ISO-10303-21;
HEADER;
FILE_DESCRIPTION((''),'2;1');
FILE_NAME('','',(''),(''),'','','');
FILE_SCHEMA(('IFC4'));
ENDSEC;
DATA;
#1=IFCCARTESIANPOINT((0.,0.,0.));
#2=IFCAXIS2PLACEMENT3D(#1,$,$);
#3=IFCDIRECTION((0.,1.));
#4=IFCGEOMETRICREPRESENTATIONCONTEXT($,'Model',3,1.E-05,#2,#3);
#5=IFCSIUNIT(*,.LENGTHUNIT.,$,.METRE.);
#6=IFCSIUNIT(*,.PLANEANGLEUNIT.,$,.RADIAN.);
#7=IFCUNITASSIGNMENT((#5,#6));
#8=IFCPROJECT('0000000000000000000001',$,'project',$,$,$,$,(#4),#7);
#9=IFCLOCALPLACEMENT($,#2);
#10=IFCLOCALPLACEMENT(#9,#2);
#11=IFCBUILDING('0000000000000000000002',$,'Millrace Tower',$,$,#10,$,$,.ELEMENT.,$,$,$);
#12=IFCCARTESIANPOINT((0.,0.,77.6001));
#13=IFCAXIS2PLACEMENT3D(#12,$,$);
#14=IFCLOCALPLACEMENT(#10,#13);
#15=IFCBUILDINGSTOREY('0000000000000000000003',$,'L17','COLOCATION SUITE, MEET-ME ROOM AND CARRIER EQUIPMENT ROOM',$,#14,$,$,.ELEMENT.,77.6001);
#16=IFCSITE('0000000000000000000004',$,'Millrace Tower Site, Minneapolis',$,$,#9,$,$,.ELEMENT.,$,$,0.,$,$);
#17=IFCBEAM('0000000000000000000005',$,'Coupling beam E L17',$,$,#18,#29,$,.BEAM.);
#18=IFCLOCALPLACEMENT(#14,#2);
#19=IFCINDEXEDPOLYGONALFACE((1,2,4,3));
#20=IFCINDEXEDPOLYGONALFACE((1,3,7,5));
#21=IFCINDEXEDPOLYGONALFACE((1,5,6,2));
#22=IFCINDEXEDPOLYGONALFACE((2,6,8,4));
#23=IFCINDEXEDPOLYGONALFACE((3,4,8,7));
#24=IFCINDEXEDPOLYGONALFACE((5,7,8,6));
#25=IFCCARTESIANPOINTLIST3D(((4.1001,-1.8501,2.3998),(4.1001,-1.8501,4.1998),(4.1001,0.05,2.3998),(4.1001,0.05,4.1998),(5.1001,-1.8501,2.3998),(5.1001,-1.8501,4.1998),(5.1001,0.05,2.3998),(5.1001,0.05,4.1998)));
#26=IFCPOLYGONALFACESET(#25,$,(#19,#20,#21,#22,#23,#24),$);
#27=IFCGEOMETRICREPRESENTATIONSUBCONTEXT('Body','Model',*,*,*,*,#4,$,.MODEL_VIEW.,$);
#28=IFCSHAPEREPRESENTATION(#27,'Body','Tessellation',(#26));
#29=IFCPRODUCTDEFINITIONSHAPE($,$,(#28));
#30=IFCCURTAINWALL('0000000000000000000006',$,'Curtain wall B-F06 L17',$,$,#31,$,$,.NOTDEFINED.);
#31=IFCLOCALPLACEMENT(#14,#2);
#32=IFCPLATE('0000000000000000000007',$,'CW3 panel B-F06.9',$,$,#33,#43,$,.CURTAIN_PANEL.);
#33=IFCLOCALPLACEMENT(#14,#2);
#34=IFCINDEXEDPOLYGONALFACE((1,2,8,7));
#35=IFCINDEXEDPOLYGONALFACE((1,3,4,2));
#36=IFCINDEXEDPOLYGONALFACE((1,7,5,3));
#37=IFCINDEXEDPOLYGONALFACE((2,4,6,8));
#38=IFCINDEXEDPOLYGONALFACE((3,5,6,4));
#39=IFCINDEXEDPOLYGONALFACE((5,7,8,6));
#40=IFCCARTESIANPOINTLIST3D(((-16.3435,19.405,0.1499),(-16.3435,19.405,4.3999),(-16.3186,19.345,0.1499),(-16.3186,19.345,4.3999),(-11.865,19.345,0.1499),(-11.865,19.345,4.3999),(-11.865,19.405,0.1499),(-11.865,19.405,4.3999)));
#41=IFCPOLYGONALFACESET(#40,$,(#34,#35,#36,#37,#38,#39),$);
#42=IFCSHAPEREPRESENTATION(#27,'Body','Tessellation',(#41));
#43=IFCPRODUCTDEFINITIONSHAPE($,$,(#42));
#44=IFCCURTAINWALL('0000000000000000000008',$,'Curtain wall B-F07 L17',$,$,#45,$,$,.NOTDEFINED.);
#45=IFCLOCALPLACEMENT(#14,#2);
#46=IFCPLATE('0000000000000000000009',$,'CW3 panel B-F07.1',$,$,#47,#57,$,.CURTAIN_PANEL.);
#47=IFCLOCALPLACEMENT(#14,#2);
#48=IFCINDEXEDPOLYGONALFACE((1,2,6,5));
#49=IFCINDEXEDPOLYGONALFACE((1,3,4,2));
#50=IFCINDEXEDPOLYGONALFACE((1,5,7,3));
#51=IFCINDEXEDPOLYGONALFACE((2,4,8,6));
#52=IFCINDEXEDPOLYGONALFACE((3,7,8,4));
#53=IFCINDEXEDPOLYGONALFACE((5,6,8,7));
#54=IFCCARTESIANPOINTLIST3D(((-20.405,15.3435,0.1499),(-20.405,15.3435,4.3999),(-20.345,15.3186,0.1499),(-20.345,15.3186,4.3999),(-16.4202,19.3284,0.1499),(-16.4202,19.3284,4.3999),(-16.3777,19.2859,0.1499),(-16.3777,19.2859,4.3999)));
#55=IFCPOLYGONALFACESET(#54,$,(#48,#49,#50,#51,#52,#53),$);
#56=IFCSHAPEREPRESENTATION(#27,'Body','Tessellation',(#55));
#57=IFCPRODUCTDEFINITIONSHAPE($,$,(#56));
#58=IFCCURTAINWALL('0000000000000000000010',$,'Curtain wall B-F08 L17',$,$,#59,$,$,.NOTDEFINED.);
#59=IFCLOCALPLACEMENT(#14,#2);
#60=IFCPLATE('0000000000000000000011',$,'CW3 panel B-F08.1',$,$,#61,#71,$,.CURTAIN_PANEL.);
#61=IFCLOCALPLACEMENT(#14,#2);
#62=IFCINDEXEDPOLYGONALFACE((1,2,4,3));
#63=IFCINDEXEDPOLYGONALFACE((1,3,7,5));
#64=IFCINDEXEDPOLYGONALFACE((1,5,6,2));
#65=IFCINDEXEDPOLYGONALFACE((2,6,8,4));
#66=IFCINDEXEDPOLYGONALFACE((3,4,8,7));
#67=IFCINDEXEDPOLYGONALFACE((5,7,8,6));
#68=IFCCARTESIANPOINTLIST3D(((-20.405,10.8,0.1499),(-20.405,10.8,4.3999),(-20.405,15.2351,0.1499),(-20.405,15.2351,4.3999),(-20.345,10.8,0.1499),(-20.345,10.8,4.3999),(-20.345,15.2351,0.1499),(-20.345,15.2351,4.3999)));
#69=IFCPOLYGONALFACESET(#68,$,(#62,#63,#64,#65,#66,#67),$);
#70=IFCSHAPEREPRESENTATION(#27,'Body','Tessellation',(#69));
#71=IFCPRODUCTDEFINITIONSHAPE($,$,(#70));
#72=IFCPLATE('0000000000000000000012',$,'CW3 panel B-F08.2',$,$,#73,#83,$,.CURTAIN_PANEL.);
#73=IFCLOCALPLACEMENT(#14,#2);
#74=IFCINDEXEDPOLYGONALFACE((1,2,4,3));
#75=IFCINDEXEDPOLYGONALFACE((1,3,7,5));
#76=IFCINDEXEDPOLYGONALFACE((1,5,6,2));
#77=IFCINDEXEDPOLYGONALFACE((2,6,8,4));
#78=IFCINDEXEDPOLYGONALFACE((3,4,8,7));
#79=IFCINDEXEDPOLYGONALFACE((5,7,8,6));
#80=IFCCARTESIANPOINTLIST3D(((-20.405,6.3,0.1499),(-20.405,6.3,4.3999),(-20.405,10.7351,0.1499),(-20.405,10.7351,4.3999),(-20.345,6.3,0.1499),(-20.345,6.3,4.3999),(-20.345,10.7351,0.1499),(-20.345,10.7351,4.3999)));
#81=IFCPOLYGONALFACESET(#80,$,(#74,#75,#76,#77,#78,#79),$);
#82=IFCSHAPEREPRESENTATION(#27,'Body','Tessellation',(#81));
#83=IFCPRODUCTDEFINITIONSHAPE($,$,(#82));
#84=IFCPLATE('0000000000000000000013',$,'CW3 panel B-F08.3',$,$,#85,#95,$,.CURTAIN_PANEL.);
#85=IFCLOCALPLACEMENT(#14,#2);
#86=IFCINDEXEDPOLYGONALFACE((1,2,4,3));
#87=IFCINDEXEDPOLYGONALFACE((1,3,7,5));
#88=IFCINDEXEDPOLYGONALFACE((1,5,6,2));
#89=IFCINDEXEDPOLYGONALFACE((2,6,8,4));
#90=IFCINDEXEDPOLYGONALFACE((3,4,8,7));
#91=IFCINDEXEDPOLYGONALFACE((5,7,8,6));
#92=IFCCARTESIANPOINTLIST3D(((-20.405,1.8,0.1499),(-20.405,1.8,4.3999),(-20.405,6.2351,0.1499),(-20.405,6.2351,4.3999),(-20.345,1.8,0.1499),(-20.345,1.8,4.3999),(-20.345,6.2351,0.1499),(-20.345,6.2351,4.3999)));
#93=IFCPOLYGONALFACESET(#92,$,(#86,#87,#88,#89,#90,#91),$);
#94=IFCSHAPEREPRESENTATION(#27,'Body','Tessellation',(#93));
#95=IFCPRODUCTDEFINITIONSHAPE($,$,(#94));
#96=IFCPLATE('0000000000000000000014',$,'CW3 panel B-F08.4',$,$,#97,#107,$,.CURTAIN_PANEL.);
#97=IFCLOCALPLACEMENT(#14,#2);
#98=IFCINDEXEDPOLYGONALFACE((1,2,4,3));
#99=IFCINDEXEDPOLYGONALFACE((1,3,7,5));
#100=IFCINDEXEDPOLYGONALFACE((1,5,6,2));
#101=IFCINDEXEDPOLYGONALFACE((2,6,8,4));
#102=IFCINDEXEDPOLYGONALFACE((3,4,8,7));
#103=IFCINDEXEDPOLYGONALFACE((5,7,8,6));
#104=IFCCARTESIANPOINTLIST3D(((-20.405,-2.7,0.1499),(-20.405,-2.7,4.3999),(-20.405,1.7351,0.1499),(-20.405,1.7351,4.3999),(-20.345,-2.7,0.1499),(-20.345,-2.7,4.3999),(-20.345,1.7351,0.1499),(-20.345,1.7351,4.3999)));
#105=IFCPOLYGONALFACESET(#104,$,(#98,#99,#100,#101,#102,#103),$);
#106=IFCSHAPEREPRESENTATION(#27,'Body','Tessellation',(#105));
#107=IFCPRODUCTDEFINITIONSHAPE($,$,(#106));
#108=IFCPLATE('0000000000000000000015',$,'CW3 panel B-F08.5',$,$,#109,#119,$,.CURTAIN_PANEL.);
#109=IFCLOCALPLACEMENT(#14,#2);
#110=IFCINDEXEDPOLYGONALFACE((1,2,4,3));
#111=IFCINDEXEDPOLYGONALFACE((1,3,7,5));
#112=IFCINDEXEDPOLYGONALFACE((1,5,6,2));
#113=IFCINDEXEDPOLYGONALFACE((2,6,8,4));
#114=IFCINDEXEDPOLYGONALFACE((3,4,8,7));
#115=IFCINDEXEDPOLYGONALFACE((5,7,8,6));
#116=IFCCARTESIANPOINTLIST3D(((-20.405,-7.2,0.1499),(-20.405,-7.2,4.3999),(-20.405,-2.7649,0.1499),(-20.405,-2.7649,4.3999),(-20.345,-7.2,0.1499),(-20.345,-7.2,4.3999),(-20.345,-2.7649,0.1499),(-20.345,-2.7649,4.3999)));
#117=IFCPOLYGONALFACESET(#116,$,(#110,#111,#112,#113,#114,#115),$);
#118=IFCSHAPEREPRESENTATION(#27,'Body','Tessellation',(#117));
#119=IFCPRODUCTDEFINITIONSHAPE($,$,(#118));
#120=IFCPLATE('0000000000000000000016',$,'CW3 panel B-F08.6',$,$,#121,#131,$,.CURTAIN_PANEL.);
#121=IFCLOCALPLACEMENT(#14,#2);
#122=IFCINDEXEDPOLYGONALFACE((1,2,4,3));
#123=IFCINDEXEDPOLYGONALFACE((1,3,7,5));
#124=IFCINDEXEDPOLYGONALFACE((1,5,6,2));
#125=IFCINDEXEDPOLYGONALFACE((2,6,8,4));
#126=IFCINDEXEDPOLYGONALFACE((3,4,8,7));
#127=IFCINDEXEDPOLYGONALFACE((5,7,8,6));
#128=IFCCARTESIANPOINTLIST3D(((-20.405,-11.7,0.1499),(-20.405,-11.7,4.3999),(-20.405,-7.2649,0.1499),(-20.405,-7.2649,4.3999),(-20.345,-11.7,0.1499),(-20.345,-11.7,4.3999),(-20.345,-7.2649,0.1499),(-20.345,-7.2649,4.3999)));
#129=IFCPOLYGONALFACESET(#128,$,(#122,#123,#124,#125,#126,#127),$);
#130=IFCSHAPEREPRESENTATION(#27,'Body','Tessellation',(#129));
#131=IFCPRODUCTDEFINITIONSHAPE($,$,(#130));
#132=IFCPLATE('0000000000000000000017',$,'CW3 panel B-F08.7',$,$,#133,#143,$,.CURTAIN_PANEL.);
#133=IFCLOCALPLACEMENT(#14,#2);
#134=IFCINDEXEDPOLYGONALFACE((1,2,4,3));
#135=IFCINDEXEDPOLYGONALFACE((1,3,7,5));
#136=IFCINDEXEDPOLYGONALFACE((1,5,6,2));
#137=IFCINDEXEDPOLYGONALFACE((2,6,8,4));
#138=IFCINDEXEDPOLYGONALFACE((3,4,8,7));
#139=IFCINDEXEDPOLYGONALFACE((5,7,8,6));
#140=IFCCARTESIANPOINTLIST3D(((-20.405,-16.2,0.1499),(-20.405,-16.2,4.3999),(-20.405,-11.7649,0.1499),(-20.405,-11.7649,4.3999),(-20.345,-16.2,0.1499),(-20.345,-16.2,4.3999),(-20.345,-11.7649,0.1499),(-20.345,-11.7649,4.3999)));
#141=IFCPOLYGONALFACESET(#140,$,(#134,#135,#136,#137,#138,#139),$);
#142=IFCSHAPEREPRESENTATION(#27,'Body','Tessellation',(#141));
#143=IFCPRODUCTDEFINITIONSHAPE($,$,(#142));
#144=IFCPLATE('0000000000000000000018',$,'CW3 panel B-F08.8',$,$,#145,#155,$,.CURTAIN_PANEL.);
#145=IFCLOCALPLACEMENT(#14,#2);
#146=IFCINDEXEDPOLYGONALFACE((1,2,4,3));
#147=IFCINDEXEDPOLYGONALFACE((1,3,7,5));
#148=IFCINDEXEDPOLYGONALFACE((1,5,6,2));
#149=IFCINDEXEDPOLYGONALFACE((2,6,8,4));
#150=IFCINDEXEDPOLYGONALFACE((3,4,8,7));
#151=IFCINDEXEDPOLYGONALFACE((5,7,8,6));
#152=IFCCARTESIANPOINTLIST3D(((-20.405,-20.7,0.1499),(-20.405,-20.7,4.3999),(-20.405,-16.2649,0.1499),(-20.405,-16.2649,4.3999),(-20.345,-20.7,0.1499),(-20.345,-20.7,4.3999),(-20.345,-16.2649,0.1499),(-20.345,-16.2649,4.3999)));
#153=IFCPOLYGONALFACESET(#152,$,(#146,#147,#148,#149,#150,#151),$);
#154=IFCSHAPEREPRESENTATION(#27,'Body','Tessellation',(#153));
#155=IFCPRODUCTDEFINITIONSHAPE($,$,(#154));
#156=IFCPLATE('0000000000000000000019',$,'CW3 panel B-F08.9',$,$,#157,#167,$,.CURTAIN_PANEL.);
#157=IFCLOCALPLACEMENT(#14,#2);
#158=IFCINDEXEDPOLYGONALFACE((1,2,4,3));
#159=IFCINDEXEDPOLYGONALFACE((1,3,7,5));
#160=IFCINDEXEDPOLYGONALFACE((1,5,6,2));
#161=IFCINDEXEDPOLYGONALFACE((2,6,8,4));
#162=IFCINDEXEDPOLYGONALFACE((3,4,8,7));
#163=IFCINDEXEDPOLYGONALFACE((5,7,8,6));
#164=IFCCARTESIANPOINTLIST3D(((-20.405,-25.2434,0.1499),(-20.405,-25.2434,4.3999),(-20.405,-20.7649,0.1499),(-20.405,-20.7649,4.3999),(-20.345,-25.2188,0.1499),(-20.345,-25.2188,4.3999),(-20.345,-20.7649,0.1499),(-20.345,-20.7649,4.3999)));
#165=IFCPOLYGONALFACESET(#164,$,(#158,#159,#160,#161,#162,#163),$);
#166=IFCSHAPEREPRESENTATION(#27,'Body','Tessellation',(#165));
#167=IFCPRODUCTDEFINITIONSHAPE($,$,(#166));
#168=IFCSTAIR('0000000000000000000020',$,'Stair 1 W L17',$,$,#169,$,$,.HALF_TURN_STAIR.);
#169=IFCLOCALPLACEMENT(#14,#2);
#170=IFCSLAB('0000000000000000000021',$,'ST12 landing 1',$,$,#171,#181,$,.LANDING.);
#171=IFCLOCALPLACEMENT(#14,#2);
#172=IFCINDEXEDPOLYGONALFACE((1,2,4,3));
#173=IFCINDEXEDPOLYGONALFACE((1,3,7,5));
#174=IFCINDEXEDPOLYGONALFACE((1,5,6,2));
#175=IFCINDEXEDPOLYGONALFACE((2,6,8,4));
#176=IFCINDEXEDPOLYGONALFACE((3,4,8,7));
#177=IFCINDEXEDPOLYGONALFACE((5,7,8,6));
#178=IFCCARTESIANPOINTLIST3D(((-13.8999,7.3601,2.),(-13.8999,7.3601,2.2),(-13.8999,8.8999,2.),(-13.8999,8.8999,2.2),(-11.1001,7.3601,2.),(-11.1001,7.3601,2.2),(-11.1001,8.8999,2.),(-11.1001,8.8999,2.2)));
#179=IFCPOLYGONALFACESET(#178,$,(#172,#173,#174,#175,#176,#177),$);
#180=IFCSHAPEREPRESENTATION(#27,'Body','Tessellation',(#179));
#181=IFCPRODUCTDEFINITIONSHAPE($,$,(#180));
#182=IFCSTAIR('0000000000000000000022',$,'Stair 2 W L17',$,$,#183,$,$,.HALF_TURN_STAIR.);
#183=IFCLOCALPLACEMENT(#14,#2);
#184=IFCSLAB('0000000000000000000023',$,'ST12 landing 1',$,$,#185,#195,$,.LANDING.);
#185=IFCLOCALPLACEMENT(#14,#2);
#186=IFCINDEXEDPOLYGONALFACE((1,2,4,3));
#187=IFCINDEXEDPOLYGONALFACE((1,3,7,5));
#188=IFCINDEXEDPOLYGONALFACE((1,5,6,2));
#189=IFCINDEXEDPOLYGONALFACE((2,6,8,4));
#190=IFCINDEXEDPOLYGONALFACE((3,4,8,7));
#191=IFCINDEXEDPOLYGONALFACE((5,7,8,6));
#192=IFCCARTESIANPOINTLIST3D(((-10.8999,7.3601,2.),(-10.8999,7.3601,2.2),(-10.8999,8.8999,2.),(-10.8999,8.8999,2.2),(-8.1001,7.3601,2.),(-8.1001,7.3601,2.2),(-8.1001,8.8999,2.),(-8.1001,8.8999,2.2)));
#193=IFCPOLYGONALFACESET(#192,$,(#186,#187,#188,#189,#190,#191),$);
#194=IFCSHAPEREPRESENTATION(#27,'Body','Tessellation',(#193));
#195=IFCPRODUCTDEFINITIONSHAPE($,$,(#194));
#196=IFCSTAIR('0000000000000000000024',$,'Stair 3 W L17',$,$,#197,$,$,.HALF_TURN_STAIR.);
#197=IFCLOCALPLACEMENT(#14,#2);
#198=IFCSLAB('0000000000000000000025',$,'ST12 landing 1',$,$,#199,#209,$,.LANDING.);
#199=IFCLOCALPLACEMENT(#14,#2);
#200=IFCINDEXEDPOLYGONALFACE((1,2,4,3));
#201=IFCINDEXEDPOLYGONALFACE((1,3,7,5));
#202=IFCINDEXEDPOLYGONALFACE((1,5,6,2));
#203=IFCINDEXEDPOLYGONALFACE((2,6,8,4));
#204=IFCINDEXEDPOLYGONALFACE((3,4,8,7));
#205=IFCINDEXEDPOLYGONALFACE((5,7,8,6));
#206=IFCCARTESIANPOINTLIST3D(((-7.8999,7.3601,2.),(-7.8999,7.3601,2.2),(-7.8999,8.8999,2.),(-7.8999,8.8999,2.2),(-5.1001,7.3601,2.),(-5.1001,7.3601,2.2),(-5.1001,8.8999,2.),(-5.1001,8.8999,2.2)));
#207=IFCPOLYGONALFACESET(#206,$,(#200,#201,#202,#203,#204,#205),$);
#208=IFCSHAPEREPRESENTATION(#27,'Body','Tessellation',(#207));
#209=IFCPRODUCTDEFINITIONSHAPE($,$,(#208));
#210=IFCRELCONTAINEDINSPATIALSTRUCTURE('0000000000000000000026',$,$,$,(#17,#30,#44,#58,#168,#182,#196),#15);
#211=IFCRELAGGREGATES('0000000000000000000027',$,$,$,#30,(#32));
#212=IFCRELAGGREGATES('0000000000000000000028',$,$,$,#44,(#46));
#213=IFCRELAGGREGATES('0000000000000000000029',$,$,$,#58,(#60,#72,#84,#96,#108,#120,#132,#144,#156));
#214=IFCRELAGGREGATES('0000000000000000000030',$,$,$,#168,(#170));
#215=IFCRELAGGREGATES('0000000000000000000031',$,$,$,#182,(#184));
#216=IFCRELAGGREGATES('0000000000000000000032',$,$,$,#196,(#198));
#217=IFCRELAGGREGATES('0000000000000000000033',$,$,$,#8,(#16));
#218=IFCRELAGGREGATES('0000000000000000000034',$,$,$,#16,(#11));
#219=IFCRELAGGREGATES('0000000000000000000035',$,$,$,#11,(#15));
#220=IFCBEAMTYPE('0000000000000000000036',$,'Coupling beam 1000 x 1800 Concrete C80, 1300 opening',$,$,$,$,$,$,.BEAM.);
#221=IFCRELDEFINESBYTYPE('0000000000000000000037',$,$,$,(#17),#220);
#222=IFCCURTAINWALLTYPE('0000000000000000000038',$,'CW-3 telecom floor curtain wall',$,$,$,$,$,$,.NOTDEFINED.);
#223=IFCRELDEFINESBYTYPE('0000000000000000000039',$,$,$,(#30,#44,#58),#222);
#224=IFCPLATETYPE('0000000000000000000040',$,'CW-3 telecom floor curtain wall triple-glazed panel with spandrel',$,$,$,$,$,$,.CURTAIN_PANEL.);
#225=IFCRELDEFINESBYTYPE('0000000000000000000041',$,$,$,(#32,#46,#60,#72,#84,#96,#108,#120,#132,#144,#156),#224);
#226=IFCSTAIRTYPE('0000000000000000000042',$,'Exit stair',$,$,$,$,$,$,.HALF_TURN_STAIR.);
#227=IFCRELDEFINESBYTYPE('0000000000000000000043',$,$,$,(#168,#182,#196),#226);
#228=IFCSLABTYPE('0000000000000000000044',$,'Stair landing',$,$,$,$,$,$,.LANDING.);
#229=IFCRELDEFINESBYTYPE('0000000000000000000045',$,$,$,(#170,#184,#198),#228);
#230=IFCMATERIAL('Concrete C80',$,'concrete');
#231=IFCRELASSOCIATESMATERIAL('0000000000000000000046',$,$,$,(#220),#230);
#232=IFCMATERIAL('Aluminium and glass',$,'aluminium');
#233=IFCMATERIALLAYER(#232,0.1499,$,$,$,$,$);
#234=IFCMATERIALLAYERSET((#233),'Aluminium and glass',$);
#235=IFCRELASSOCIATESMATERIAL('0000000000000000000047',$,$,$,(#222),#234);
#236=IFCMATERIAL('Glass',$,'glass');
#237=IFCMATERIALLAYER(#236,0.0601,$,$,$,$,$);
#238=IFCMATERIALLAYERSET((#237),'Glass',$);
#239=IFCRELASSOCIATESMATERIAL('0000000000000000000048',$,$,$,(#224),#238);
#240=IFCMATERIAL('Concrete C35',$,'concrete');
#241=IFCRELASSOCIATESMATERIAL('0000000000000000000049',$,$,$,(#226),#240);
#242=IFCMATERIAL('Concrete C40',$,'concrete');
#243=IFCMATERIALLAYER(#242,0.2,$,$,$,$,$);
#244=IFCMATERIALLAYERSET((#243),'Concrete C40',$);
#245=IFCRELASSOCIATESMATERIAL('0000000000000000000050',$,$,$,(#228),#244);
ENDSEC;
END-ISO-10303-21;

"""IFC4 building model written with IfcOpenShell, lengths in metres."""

from ifc_helpers import new_model, si_unit, direction, frame, origin, origin_2d, place, context, subcontext, project, spatial, polyline, rectangle, outline, extrude, material, layer, layer_set, material_profile, profile_set, type_object, element, aggregate, save


model = new_model("IFC4")

# Units and contexts
model_context = context("Model", 3, precision=1e-05, world=origin(), true_north=direction((0.0, 1.0)))
body_context = subcontext(model_context, "Body", "Model", "MODEL_VIEW")
ifc_project = project(units=[si_unit("LENGTHUNIT", "METRE"), si_unit("PLANEANGLEUNIT", "RADIAN")], contexts=[model_context])

# Site, building, storey
site_placement = place(None, origin())
site = spatial("IfcSite", under=ifc_project, at=site_placement, Name="Millrace Tower Site, Minneapolis", CompositionType="ELEMENT", RefElevation=0.0)
building_placement = place(site_placement, origin())
building = spatial("IfcBuilding", under=site, at=building_placement, Name="Millrace Tower", CompositionType="ELEMENT")
storey_placement = place(building_placement, frame((0.0, 0.0, 77.6001)))
storey = spatial("IfcBuildingStorey", under=building, at=storey_placement, Name="L17", Description="COLOCATION SUITE, MEET-ME ROOM AND CARRIER EQUIPMENT ROOM", CompositionType="ELEMENT", Elevation=77.6001)

# Beam
ifc_material_1 = material(Name="Concrete C80", Category="concrete")
ifc_material_profile = material_profile(ifc_material_1, rectangle(XDim=1.0, YDim=1.8, at=origin_2d()))
ifc_profile_set = profile_set([ifc_material_profile], Name="Concrete C80")
beam_type = type_object("IfcBeamType", Name="Coupling beam 1000 x 1800 Concrete C80, 1300 opening", PredefinedType="BEAM", material=ifc_profile_set)
beam_placement = place(storey_placement, frame((4.6001, 0.05, 3.2998), z_axis=(0.0, -1.0, 0.0), x_axis=(1.0, 0.0, 0.0)))
element("IfcBeam", 1, at=beam_placement, inside=storey, type_object=beam_type, Name="Coupling beam E L17", PredefinedType="BEAM", context=body_context, shape_type="SweptSolid", body=[
    extrude(rectangle(XDim=1.0, YDim=1.8, at=origin_2d()), origin(), (0.0, 0.0, 1.0), 1.9001),
])

# Curtain walls, plates
ifc_material_2 = material(Name="Aluminium and glass", Category="aluminium")
ifc_layer_1 = layer(ifc_material_2, 0.1499)
ifc_layer_set_1 = layer_set([ifc_layer_1], Name="Aluminium and glass")
curtain_wall_type = type_object("IfcCurtainWallType", Name="CW-3 telecom floor curtain wall", PredefinedType="NOTDEFINED", material=ifc_layer_set_1)
placement_1 = place(storey_placement, origin())
curtain_wall_1 = element("IfcCurtainWall", 2, at=placement_1, inside=storey, type_object=curtain_wall_type, Name="Curtain wall B-F06 L17", PredefinedType="NOTDEFINED")
ifc_material_3 = material(Name="Glass", Category="glass")
ifc_layer_2 = layer(ifc_material_3, 0.0601)
ifc_layer_set_2 = layer_set([ifc_layer_2], Name="Glass")
plate_type = type_object("IfcPlateType", Name="CW-3 telecom floor curtain wall triple-glazed panel with spandrel", PredefinedType="CURTAIN_PANEL", material=ifc_layer_set_2)
placement_2 = place(storey_placement, frame((0.0, 0.0, 0.1499)))
plate_1 = element("IfcPlate", 3, at=placement_2, type_object=plate_type, Name="CW3 panel B-F06.9", PredefinedType="CURTAIN_PANEL", context=body_context, shape_type="SweptSolid", body=[
    extrude(outline(polyline([(-11.865, 19.405), (-16.3435, 19.405), (-16.3186, 19.345), (-11.865, 19.345), (-11.865, 19.405)])), origin(), (0.0, 0.0, 1.0), 4.25),
])
aggregate(curtain_wall_1, [plate_1])
curtain_wall_2 = element("IfcCurtainWall", 4, at=placement_1, inside=storey, type_object=curtain_wall_type, Name="Curtain wall B-F07 L17", PredefinedType="NOTDEFINED")
plate_2 = element("IfcPlate", 5, at=placement_2, type_object=plate_type, Name="CW3 panel B-F07.1", PredefinedType="CURTAIN_PANEL", context=body_context, shape_type="SweptSolid", body=[
    extrude(outline(polyline([(-16.4202, 19.3284), (-20.405, 15.3435), (-20.345, 15.3186), (-16.3777, 19.2859), (-16.4202, 19.3284)])), origin(), (0.0, 0.0, 1.0), 4.25),
])
aggregate(curtain_wall_2, [plate_2])

# Curtain wall, plates
curtain_wall_3 = element("IfcCurtainWall", 6, at=placement_1, inside=storey, type_object=curtain_wall_type, Name="Curtain wall B-F08 L17", PredefinedType="NOTDEFINED")
plate_3 = element("IfcPlate", 7, at=placement_2, type_object=plate_type, Name="CW3 panel B-F08.1", PredefinedType="CURTAIN_PANEL", context=body_context, shape_type="SweptSolid", body=[
    extrude(outline(polyline([(-20.405, 15.2351), (-20.405, 10.8), (-20.345, 10.8), (-20.345, 15.2351), (-20.405, 15.2351)])), origin(), (0.0, 0.0, 1.0), 4.25),
])
plate_4 = element("IfcPlate", 8, at=placement_2, type_object=plate_type, Name="CW3 panel B-F08.2", PredefinedType="CURTAIN_PANEL", context=body_context, shape_type="SweptSolid", body=[
    extrude(outline(polyline([(-20.405, 10.7351), (-20.405, 6.3), (-20.345, 6.3), (-20.345, 10.7351), (-20.405, 10.7351)])), origin(), (0.0, 0.0, 1.0), 4.25),
])
plate_5 = element("IfcPlate", 9, at=placement_2, type_object=plate_type, Name="CW3 panel B-F08.3", PredefinedType="CURTAIN_PANEL", context=body_context, shape_type="SweptSolid", body=[
    extrude(outline(polyline([(-20.405, 6.2351), (-20.405, 1.8), (-20.345, 1.8), (-20.345, 6.2351), (-20.405, 6.2351)])), origin(), (0.0, 0.0, 1.0), 4.25),
])
plate_6 = element("IfcPlate", 10, at=placement_2, type_object=plate_type, Name="CW3 panel B-F08.4", PredefinedType="CURTAIN_PANEL", context=body_context, shape_type="SweptSolid", body=[
    extrude(outline(polyline([(-20.405, 1.7351), (-20.405, -2.7), (-20.345, -2.7), (-20.345, 1.7351), (-20.405, 1.7351)])), origin(), (0.0, 0.0, 1.0), 4.25),
])
plate_7 = element("IfcPlate", 11, at=placement_2, type_object=plate_type, Name="CW3 panel B-F08.5", PredefinedType="CURTAIN_PANEL", context=body_context, shape_type="SweptSolid", body=[
    extrude(outline(polyline([(-20.405, -2.7649), (-20.405, -7.2), (-20.345, -7.2), (-20.345, -2.7649), (-20.405, -2.7649)])), origin(), (0.0, 0.0, 1.0), 4.25),
])
plate_8 = element("IfcPlate", 12, at=placement_2, type_object=plate_type, Name="CW3 panel B-F08.6", PredefinedType="CURTAIN_PANEL", context=body_context, shape_type="SweptSolid", body=[
    extrude(outline(polyline([(-20.405, -7.2649), (-20.405, -11.7), (-20.345, -11.7), (-20.345, -7.2649), (-20.405, -7.2649)])), origin(), (0.0, 0.0, 1.0), 4.25),
])
plate_9 = element("IfcPlate", 13, at=placement_2, type_object=plate_type, Name="CW3 panel B-F08.7", PredefinedType="CURTAIN_PANEL", context=body_context, shape_type="SweptSolid", body=[
    extrude(outline(polyline([(-20.405, -11.7649), (-20.405, -16.2), (-20.345, -16.2), (-20.345, -11.7649), (-20.405, -11.7649)])), origin(), (0.0, 0.0, 1.0), 4.25),
])
plate_10 = element("IfcPlate", 14, at=placement_2, type_object=plate_type, Name="CW3 panel B-F08.8", PredefinedType="CURTAIN_PANEL", context=body_context, shape_type="SweptSolid", body=[
    extrude(outline(polyline([(-20.405, -16.2649), (-20.405, -20.7), (-20.345, -20.7), (-20.345, -16.2649), (-20.405, -16.2649)])), origin(), (0.0, 0.0, 1.0), 4.25),
])
plate_11 = element("IfcPlate", 15, at=placement_2, type_object=plate_type, Name="CW3 panel B-F08.9", PredefinedType="CURTAIN_PANEL", context=body_context, shape_type="SweptSolid", body=[
    extrude(outline(polyline([(-20.405, -20.7649), (-20.405, -25.2434), (-20.345, -25.2188), (-20.345, -20.7649), (-20.405, -20.7649)])), origin(), (0.0, 0.0, 1.0), 4.25),
])
aggregate(curtain_wall_3, [plate_3, plate_4, plate_5, plate_6, plate_7, plate_8, plate_9, plate_10, plate_11])

# Stairs, slabs
ifc_material_4 = material(Name="Concrete C35", Category="concrete")
stair_type = type_object("IfcStairType", Name="Exit stair", PredefinedType="HALF_TURN_STAIR", material=ifc_material_4)
stair_1 = element("IfcStair", 16, at=placement_1, inside=storey, type_object=stair_type, Name="Stair 1 W L17", PredefinedType="HALF_TURN_STAIR")
ifc_material_5 = material(Name="Concrete C40", Category="concrete")
ifc_layer_3 = layer(ifc_material_5, 0.2)
ifc_layer_set_3 = layer_set([ifc_layer_3], Name="Concrete C40")
slab_type = type_object("IfcSlabType", Name="Stair landing", PredefinedType="LANDING", material=ifc_layer_set_3)
placement_3 = place(storey_placement, frame((0.0, 0.0, 2.0)))
slab_1 = element("IfcSlab", 17, at=placement_3, type_object=slab_type, Name="ST12 landing 1", PredefinedType="LANDING", context=body_context, shape_type="SweptSolid", body=[
    extrude(outline(polyline([(-13.8999, 7.3601), (-11.1001, 7.3601), (-11.1001, 8.8999), (-13.8999, 8.8999), (-13.8999, 7.3601)])), origin(), (0.0, 0.0, 1.0), 0.2),
])
aggregate(stair_1, [slab_1])
stair_2 = element("IfcStair", 18, at=placement_1, inside=storey, type_object=stair_type, Name="Stair 2 W L17", PredefinedType="HALF_TURN_STAIR")
slab_2 = element("IfcSlab", 19, at=placement_3, type_object=slab_type, Name="ST12 landing 1", PredefinedType="LANDING", context=body_context, shape_type="SweptSolid", body=[
    extrude(outline(polyline([(-10.8999, 7.3601), (-8.1001, 7.3601), (-8.1001, 8.8999), (-10.8999, 8.8999), (-10.8999, 7.3601)])), origin(), (0.0, 0.0, 1.0), 0.2),
])
aggregate(stair_2, [slab_2])
stair_3 = element("IfcStair", 20, at=placement_1, inside=storey, type_object=stair_type, Name="Stair 3 W L17", PredefinedType="HALF_TURN_STAIR")
slab_3 = element("IfcSlab", 21, at=placement_3, type_object=slab_type, Name="ST12 landing 1", PredefinedType="LANDING", context=body_context, shape_type="SweptSolid", body=[
    extrude(outline(polyline([(-7.8999, 7.3601), (-5.1001, 7.3601), (-5.1001, 8.8999), (-7.8999, 8.8999), (-7.8999, 7.3601)])), origin(), (0.0, 0.0, 1.0), 0.2),
])
aggregate(stair_3, [slab_3])

save(model, "model.ifc")
